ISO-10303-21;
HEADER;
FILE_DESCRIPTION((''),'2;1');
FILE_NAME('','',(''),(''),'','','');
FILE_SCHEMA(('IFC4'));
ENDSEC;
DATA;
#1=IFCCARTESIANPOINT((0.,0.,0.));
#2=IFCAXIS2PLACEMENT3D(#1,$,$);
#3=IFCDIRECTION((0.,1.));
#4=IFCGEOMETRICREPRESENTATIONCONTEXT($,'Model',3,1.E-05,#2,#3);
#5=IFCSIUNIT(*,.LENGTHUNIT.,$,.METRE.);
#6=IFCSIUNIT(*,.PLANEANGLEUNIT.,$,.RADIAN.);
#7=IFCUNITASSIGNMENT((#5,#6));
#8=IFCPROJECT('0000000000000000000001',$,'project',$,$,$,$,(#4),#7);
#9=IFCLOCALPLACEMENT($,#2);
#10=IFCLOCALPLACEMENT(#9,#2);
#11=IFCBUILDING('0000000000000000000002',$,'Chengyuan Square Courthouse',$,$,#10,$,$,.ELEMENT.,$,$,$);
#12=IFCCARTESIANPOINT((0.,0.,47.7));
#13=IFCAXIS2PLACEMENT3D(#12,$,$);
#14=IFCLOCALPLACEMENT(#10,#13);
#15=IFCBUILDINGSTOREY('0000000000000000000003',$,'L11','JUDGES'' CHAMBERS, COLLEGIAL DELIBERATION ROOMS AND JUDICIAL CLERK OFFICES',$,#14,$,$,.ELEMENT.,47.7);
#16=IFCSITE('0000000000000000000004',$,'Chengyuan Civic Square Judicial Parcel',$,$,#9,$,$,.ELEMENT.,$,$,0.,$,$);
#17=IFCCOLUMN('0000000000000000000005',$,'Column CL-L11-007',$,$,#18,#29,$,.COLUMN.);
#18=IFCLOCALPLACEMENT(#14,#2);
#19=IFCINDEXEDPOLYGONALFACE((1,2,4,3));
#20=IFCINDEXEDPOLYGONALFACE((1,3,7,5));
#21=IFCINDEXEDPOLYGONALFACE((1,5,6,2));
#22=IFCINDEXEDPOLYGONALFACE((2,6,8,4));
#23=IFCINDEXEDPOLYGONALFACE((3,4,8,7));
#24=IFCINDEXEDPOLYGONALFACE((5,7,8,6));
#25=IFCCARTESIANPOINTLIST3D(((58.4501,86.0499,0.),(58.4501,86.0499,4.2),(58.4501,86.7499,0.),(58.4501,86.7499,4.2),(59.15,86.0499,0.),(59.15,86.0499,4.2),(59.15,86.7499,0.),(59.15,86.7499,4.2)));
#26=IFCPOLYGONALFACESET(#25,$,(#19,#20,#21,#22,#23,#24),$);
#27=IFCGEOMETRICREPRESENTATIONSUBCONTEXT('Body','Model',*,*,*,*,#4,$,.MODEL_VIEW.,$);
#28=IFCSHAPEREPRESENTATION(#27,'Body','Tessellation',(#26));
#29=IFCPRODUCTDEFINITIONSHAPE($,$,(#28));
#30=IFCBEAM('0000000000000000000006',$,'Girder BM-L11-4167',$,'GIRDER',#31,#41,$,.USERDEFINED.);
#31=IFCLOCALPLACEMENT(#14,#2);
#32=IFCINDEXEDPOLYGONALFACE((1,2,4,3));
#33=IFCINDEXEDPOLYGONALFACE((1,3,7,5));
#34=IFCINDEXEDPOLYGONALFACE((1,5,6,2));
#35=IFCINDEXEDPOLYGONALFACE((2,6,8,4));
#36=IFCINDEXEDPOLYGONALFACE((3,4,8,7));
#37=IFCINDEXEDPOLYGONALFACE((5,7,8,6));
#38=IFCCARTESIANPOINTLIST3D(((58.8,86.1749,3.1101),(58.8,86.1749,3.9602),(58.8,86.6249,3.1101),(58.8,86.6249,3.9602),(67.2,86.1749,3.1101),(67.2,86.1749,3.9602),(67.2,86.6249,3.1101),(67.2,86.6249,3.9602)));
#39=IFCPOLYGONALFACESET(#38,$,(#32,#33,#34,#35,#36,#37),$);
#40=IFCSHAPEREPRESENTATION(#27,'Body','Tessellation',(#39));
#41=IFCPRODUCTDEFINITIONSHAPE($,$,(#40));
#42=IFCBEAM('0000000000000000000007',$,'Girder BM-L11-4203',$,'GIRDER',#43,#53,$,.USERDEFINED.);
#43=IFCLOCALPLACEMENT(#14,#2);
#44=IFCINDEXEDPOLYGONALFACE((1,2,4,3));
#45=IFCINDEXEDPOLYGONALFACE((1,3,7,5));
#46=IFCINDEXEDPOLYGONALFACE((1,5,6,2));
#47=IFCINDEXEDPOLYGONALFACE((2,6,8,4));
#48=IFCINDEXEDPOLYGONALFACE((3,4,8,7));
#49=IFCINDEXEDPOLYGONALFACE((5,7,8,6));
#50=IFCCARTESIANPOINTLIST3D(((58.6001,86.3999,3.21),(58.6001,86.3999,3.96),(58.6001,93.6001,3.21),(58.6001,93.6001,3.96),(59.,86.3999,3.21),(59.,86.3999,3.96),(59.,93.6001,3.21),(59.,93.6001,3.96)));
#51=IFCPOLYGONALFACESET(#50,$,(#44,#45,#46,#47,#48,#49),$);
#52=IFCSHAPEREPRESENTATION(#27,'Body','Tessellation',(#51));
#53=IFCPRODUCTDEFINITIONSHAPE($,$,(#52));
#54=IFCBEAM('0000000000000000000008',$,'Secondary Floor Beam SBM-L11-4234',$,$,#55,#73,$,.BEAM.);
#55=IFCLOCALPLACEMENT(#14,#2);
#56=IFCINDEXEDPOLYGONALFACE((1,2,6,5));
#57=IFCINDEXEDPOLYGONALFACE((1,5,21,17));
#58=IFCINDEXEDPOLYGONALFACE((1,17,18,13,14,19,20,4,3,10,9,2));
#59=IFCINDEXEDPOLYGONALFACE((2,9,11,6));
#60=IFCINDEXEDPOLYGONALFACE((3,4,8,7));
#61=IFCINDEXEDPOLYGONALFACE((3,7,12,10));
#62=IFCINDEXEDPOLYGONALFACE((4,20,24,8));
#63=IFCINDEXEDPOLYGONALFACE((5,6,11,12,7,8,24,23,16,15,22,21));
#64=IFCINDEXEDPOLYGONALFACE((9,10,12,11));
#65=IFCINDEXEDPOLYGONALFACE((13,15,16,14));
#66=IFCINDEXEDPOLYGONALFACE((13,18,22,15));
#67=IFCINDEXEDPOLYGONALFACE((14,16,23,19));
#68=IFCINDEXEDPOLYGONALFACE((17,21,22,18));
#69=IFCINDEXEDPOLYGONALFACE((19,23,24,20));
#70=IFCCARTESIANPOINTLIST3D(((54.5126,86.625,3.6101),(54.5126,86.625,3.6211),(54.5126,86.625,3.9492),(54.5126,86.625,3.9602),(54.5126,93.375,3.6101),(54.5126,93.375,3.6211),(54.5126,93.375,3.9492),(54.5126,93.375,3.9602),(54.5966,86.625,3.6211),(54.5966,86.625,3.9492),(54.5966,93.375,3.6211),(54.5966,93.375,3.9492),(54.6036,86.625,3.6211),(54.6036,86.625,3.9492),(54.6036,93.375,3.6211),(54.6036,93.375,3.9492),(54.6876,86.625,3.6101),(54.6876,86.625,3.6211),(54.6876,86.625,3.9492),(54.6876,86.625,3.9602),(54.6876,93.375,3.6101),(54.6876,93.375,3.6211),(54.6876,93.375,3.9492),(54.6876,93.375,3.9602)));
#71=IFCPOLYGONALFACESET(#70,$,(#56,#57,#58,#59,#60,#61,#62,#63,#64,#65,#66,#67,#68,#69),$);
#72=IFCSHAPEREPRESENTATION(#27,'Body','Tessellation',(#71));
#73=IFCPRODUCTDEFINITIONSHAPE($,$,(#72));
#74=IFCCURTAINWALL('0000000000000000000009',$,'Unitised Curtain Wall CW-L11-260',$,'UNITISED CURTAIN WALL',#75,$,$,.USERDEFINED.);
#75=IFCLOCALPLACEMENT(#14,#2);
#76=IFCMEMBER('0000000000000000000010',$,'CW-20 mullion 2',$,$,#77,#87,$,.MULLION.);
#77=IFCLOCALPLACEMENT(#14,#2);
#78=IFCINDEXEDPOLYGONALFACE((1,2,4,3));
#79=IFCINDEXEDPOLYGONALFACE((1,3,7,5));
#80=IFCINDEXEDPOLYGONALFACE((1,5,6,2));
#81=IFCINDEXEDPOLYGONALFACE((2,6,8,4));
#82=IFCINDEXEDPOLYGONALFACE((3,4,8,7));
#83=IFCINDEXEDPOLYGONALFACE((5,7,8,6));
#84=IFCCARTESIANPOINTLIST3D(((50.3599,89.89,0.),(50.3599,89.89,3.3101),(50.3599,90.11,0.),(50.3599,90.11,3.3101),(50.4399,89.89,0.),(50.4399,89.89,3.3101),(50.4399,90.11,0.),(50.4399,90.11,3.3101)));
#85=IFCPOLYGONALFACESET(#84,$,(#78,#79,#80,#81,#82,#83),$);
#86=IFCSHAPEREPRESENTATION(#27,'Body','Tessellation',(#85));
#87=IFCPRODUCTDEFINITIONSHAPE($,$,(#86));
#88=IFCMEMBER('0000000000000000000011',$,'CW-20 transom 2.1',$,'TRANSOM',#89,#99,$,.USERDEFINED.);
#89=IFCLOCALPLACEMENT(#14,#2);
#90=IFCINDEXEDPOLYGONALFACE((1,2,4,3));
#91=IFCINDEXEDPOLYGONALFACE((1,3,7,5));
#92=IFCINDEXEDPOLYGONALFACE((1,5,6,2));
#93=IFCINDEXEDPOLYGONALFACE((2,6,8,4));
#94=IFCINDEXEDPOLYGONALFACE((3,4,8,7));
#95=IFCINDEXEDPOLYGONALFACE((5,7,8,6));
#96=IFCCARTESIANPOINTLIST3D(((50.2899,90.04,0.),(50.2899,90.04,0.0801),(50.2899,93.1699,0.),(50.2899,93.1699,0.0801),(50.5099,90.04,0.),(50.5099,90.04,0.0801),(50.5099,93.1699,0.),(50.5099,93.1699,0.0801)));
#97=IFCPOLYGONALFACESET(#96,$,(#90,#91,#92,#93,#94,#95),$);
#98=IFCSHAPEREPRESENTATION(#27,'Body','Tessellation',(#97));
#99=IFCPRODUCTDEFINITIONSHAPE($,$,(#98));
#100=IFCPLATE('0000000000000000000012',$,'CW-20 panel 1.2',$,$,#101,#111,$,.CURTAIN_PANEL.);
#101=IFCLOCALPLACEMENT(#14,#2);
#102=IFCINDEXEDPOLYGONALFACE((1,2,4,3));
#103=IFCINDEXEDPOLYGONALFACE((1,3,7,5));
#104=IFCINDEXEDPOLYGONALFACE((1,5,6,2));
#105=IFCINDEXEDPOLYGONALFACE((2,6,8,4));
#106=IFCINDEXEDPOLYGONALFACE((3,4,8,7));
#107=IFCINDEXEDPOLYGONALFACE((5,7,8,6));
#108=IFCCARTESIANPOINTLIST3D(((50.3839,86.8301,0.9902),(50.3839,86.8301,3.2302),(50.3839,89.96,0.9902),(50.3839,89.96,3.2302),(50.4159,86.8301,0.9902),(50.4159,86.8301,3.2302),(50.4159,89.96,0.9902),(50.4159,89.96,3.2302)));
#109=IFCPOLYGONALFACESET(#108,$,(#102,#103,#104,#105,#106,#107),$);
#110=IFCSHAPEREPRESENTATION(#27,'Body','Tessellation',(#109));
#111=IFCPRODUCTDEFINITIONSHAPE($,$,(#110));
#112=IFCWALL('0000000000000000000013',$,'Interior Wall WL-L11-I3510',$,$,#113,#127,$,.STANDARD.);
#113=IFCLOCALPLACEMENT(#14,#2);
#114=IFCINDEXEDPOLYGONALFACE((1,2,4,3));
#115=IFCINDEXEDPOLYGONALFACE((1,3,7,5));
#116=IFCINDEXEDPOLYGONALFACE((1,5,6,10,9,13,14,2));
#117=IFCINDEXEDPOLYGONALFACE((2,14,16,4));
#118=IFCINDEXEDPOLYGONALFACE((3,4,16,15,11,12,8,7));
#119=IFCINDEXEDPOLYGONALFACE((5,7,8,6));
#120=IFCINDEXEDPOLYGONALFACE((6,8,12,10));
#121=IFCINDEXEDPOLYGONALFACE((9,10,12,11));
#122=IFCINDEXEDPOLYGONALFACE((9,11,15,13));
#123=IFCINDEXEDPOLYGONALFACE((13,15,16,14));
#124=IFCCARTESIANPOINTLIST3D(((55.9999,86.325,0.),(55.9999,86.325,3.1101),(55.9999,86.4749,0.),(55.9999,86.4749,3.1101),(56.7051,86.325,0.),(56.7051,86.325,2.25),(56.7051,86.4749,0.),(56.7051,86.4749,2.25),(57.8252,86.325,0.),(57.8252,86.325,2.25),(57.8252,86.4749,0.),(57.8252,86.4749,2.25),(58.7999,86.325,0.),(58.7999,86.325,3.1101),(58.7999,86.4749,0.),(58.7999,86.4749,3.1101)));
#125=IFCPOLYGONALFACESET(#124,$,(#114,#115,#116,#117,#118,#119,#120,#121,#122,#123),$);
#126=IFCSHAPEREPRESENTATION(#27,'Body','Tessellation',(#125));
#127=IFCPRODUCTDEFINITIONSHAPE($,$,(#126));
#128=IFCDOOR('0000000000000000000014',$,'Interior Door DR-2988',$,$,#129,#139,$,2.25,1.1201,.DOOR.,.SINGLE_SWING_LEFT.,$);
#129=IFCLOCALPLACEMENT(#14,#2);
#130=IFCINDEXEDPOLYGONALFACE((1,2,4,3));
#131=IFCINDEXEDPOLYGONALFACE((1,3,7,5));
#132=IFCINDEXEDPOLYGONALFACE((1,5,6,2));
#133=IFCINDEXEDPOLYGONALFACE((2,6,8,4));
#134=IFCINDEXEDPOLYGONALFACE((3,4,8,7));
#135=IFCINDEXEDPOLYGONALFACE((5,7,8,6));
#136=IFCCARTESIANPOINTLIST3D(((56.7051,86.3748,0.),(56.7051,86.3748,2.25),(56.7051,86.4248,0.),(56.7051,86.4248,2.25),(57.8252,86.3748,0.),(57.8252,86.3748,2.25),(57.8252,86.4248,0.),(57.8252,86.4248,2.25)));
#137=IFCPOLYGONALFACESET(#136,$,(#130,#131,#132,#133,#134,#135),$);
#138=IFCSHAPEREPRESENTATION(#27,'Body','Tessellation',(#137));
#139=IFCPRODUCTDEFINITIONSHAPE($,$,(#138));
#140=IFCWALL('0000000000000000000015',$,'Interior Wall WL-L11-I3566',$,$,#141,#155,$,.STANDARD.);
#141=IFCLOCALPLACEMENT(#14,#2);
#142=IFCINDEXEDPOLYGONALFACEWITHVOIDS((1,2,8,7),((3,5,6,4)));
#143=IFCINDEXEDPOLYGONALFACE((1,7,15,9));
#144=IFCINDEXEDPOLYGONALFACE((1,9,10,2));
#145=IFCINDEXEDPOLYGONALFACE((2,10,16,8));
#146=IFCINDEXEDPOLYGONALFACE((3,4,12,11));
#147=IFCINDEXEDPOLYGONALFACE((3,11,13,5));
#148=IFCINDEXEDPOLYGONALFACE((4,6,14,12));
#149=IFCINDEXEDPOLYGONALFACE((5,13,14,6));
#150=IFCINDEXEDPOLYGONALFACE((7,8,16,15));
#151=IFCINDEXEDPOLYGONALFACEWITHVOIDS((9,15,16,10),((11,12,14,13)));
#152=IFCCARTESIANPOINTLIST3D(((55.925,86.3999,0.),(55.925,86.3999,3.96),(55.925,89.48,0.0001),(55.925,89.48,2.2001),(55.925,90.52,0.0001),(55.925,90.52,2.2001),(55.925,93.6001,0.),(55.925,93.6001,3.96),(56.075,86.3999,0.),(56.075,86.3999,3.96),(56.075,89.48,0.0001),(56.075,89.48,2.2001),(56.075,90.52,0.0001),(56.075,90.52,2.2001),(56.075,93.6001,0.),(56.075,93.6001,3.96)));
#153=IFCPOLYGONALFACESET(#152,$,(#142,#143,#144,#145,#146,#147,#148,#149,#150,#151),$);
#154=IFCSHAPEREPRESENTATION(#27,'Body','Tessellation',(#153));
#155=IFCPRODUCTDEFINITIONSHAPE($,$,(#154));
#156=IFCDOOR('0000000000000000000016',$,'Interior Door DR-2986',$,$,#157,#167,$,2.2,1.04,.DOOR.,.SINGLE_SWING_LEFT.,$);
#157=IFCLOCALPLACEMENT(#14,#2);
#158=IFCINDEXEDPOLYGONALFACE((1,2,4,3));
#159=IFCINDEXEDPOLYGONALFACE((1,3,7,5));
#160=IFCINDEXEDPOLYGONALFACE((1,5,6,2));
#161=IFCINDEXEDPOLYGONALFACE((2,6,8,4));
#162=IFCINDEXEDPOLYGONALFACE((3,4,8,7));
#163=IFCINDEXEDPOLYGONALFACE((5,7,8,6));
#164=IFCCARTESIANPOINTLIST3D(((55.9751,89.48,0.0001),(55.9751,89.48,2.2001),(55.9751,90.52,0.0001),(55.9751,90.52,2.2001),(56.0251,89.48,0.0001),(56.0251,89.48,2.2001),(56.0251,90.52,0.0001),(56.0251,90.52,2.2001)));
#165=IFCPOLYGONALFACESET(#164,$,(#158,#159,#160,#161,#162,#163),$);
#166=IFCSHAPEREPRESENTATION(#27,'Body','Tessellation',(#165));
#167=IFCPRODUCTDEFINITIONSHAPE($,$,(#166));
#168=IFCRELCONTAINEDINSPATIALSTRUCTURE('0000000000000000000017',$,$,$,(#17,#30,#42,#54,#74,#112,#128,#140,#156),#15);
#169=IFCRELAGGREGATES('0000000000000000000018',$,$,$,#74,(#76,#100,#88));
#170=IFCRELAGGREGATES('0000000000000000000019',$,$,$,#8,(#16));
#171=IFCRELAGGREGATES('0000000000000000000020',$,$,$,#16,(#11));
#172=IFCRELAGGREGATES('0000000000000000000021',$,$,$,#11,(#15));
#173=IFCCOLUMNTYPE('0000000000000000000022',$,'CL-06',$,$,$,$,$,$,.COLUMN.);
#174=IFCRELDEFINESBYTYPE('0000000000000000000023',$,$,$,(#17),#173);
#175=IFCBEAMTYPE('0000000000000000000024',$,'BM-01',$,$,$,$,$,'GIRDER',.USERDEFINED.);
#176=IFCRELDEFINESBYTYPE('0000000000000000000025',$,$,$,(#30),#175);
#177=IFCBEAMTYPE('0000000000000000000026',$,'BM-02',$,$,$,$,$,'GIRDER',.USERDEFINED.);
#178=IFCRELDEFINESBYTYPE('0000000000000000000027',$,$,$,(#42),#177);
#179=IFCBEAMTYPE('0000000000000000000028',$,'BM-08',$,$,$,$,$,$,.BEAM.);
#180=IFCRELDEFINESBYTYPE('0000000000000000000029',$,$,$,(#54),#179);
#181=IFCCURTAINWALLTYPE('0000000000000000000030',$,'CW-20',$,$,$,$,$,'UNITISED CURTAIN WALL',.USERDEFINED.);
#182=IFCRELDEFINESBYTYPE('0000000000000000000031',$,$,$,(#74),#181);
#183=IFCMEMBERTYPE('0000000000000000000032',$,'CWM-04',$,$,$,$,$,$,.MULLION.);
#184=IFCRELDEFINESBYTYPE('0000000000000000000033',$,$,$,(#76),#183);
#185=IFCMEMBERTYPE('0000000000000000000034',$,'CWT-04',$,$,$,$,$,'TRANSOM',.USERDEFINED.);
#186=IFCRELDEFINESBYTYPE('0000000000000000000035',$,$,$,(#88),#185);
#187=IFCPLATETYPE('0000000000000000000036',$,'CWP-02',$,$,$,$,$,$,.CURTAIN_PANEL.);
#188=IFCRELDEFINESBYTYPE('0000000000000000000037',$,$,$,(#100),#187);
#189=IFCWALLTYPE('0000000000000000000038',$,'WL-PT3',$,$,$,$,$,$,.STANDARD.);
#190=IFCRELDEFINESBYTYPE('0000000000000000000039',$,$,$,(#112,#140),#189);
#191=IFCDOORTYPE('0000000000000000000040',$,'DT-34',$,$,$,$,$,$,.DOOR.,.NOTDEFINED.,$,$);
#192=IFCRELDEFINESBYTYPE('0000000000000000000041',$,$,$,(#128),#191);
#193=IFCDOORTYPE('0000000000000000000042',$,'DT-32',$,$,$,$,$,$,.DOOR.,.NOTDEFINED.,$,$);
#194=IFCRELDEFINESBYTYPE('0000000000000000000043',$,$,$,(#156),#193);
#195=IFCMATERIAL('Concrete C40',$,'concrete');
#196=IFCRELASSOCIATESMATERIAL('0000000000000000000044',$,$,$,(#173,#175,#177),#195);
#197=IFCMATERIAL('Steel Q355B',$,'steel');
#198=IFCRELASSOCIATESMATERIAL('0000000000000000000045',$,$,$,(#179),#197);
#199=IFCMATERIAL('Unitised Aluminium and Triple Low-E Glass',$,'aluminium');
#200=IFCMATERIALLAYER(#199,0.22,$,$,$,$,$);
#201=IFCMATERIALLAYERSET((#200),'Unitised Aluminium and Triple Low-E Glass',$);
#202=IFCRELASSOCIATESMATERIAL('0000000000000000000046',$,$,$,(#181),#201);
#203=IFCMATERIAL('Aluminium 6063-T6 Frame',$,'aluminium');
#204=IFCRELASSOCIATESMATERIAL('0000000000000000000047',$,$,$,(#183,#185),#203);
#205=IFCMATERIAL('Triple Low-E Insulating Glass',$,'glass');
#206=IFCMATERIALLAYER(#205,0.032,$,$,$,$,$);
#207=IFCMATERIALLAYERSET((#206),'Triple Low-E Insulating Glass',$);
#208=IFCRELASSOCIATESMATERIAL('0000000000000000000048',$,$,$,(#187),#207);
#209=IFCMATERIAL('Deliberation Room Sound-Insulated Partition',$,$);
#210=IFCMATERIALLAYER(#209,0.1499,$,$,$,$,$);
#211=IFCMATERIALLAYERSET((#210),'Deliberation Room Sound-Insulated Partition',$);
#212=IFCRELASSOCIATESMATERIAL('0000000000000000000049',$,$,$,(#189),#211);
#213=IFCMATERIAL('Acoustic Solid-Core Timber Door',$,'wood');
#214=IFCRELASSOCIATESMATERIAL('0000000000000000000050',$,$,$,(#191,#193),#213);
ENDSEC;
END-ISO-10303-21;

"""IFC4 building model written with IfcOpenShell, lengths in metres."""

from ifc_helpers import new_model, si_unit, direction, frame, frame_2d, origin, origin_2d, place, context, subcontext, project, spatial, rectangle, i_section, extrude, material, layer, layer_set, material_profile, profile_set, type_object, element, fill, aggregate, save


model = new_model("IFC4")

# Units and contexts
model_context = context("Model", 3, precision=1e-05, world=origin(), true_north=direction((0.0, 1.0)))
body_context = subcontext(model_context, "Body", "Model", "MODEL_VIEW")
ifc_project = project(units=[si_unit("LENGTHUNIT", "METRE"), si_unit("PLANEANGLEUNIT", "RADIAN")], contexts=[model_context])

# Site, building, storey
site_placement = place(None, origin())
site = spatial("IfcSite", under=ifc_project, at=site_placement, Name="Chengyuan Civic Square Judicial Parcel", CompositionType="ELEMENT", RefElevation=0.0)
building_placement = place(site_placement, origin())
building = spatial("IfcBuilding", under=site, at=building_placement, Name="Chengyuan Square Courthouse", CompositionType="ELEMENT")
storey_placement = place(building_placement, frame((0.0, 0.0, 47.7)))
storey = spatial("IfcBuildingStorey", under=building, at=storey_placement, Name="L11", Description="JUDGES' CHAMBERS, COLLEGIAL DELIBERATION ROOMS AND JUDICIAL CLERK OFFICES", CompositionType="ELEMENT", Elevation=47.7)

# Column
ifc_material_1 = material(Name="Concrete C40", Category="concrete")
ifc_material_profile_1 = material_profile(ifc_material_1, rectangle(XDim=0.7, YDim=0.7, at=origin_2d()), Name="RC-COL-700x700")
ifc_profile_set_1 = profile_set([ifc_material_profile_1], Name="Concrete C40")
column_type = type_object("IfcColumnType", Name="CL-06", PredefinedType="COLUMN", material=ifc_profile_set_1)
column_placement = place(storey_placement, frame((58.8, 86.3999, 0.0), z_axis=(0.0, 0.0, 1.0), x_axis=(1.0, 0.0, 0.0)))
element("IfcColumn", 1, at=column_placement, inside=storey, type_object=column_type, Name="Column CL-L11-007", PredefinedType="COLUMN", context=body_context, shape_type="SweptSolid", body=[
    extrude(rectangle(XDim=0.7, YDim=0.7, at=origin_2d()), origin(), (0.0, 0.0, 1.0), 4.2),
])

# Beams
ifc_material_profile_2 = material_profile(ifc_material_1, rectangle(XDim=0.45, YDim=0.8501, at=origin_2d()), Name="RC-BM-450x850")
ifc_profile_set_2 = profile_set([ifc_material_profile_2], Name="Concrete C40")
beam_type_1 = type_object("IfcBeamType", Name="BM-01", ElementType="GIRDER", PredefinedType="USERDEFINED", material=ifc_profile_set_2)
beam_1_placement = place(storey_placement, frame((58.8, 86.3999, 3.5352), z_axis=(1.0, 0.0, 0.0), x_axis=(0.0, 1.0, 0.0)))
element("IfcBeam", 2, at=beam_1_placement, inside=storey, type_object=beam_type_1, Name="Girder BM-L11-4167", ObjectType="GIRDER", PredefinedType="USERDEFINED", context=body_context, shape_type="SweptSolid", body=[
    extrude(rectangle(XDim=0.45, YDim=0.8501, at=origin_2d()), origin(), (0.0, 0.0, 1.0), 8.3999),
])
ifc_material_profile_3 = material_profile(ifc_material_1, rectangle(XDim=0.3999, YDim=0.75, at=origin_2d()), Name="RC-BM-400x750")
ifc_profile_set_3 = profile_set([ifc_material_profile_3], Name="Concrete C40")
beam_type_2 = type_object("IfcBeamType", Name="BM-02", ElementType="GIRDER", PredefinedType="USERDEFINED", material=ifc_profile_set_3)
beam_2_placement = place(storey_placement, frame((58.8, 86.3999, 3.585), z_axis=(0.0, 1.0, 0.0), x_axis=(-1.0, 0.0, 0.0)))
element("IfcBeam", 3, at=beam_2_placement, inside=storey, type_object=beam_type_2, Name="Girder BM-L11-4203", ObjectType="GIRDER", PredefinedType="USERDEFINED", context=body_context, shape_type="SweptSolid", body=[
    extrude(rectangle(XDim=0.3999, YDim=0.75, at=origin_2d()), origin(), (0.0, 0.0, 1.0), 7.2002),
])
ifc_material_2 = material(Name="Steel Q355B", Category="steel")
ifc_material_profile_4 = material_profile(ifc_material_2, i_section(OverallWidth=0.175, OverallDepth=0.3501, WebThickness=0.0071, FlangeThickness=0.011, at=origin_2d()), Name="HN 350x175x7x11")
ifc_profile_set_4 = profile_set([ifc_material_profile_4], Name="Steel Q355B")
beam_type_3 = type_object("IfcBeamType", Name="BM-08", PredefinedType="BEAM", material=ifc_profile_set_4)
beam_3_placement = place(storey_placement, frame((54.6001, 86.625, 3.7852), z_axis=(0.0, 1.0, 0.0), x_axis=(-1.0, 0.0, 0.0)))
element("IfcBeam", 4, at=beam_3_placement, inside=storey, type_object=beam_type_3, Name="Secondary Floor Beam SBM-L11-4234", PredefinedType="BEAM", context=body_context, shape_type="SweptSolid", body=[
    extrude(i_section(OverallWidth=0.175, OverallDepth=0.3501, WebThickness=0.0071, FlangeThickness=0.011, at=origin_2d()), origin(), (0.0, 0.0, 1.0), 6.75),
])

# Curtain wall, members, plate
ifc_material_3 = material(Name="Unitised Aluminium and Triple Low-E Glass", Category="aluminium")
ifc_layer_1 = layer(ifc_material_3, 0.22)
ifc_layer_set_1 = layer_set([ifc_layer_1], Name="Unitised Aluminium and Triple Low-E Glass")
curtain_wall_type = type_object("IfcCurtainWallType", Name="CW-20", ElementType="UNITISED CURTAIN WALL", PredefinedType="USERDEFINED", material=ifc_layer_set_1)
curtain_wall_placement = place(storey_placement, origin())
curtain_wall = element("IfcCurtainWall", 5, at=curtain_wall_placement, inside=storey, type_object=curtain_wall_type, Name="Unitised Curtain Wall CW-L11-260", ObjectType="UNITISED CURTAIN WALL", PredefinedType="USERDEFINED")
ifc_material_4 = material(Name="Aluminium 6063-T6 Frame", Category="aluminium")
ifc_material_profile_5 = material_profile(ifc_material_4, rectangle(XDim=0.0801, YDim=0.22, at=origin_2d()), Name="CW-MUL-80x220")
ifc_profile_set_5 = profile_set([ifc_material_profile_5], Name="Aluminium 6063-T6 Frame")
member_type_1 = type_object("IfcMemberType", Name="CWM-04", PredefinedType="MULLION", material=ifc_profile_set_5)
member_1_placement = place(storey_placement, frame((50.3999, 90.0, 0.0), z_axis=(0.0, 0.0, 1.0), x_axis=(-1.0, 0.0, 0.0)))
member_1 = element("IfcMember", 6, at=member_1_placement, type_object=member_type_1, Name="CW-20 mullion 2", PredefinedType="MULLION", context=body_context, shape_type="SweptSolid", body=[
    extrude(rectangle(XDim=0.0801, YDim=0.22, at=origin_2d()), origin(), (0.0, 0.0, 1.0), 3.3101),
])
ifc_material_profile_6 = material_profile(ifc_material_4, rectangle(XDim=0.22, YDim=0.0801, at=origin_2d()), Name="CW-TRN-80x180")
ifc_profile_set_6 = profile_set([ifc_material_profile_6], Name="Aluminium 6063-T6 Frame")
member_type_2 = type_object("IfcMemberType", Name="CWT-04", ElementType="TRANSOM", PredefinedType="USERDEFINED", material=ifc_profile_set_6)
member_2_placement = place(storey_placement, frame((50.3999, 90.04, 0.04), z_axis=(0.0, 1.0, 0.0), x_axis=(-1.0, 0.0, 0.0)))
member_2 = element("IfcMember", 7, at=member_2_placement, type_object=member_type_2, Name="CW-20 transom 2.1", ObjectType="TRANSOM", PredefinedType="USERDEFINED", context=body_context, shape_type="SweptSolid", body=[
    extrude(rectangle(XDim=0.22, YDim=0.0801, at=origin_2d()), origin(), (0.0, 0.0, 1.0), 3.1299),
])
ifc_material_5 = material(Name="Triple Low-E Insulating Glass", Category="glass")
ifc_layer_2 = layer(ifc_material_5, 0.032)
ifc_layer_set_2 = layer_set([ifc_layer_2], Name="Triple Low-E Insulating Glass")
plate_type = type_object("IfcPlateType", Name="CWP-02", PredefinedType="CURTAIN_PANEL", material=ifc_layer_set_2)
plate_placement = place(storey_placement, frame((50.3999, 88.395, 0.9902), z_axis=(0.0, 0.0, 1.0), x_axis=(0.0, 1.0, 0.0)))
plate = element("IfcPlate", 8, at=plate_placement, type_object=plate_type, Name="CW-20 panel 1.2", PredefinedType="CURTAIN_PANEL", context=body_context, shape_type="SweptSolid", body=[
    extrude(rectangle(XDim=3.1299, YDim=0.032, at=origin_2d()), origin(), (0.0, 0.0, 1.0), 2.24),
])
aggregate(curtain_wall, [member_1, plate, member_2])

# Walls, openings, doors
ifc_material_6 = material(Name="Deliberation Room Sound-Insulated Partition")
ifc_layer_3 = layer(ifc_material_6, 0.1499)
ifc_layer_set_3 = layer_set([ifc_layer_3], Name="Deliberation Room Sound-Insulated Partition")
wall_type_1 = type_object("IfcWallType", Name="WL-PT3", PredefinedType="STANDARD", material=ifc_layer_set_3)
wall_1_placement = place(storey_placement, frame((56.0, 86.3999, 0.0), z_axis=(0.0, 0.0, 1.0), x_axis=(1.0, 0.0, 0.0)))
wall_1 = element("IfcWall", 9, at=wall_1_placement, inside=storey, type_object=wall_type_1, Name="Interior Wall WL-L11-I3510", PredefinedType="STANDARD", context=body_context, shape_type="SweptSolid", body=[
    extrude(rectangle(XDim=2.8, YDim=0.1499, at=frame_2d((1.3999, 0.0))), origin(), (0.0, 0.0, 1.0), 3.1101),
])
opening_1_placement = place(wall_1_placement, frame((0.7051, 0.0, 0.0)))
opening_1 = element("IfcOpeningElement", 10, at=opening_1_placement, cuts=wall_1, PredefinedType="OPENING", context=body_context, shape_type="SweptSolid", body=[
    extrude(rectangle(XDim=1.1201, YDim=2.25, at=frame_2d((0.5601, 1.125))), frame((0.0, 0.0869, 0.0), z_axis=(0.0, -1.0, 0.0), x_axis=(1.0, 0.0, 0.0)), (0.0, 0.0, 1.0), 0.1738),
])
ifc_material_7 = material(Name="Acoustic Solid-Core Timber Door", Category="wood")
door_type_1 = type_object("IfcDoorType", Name="DT-34", OperationType="NOTDEFINED", PredefinedType="DOOR", material=ifc_material_7)
door_1_placement = place(opening_1_placement, origin())
door_1 = element("IfcDoor", 11, at=door_1_placement, inside=storey, type_object=door_type_1, Name="Interior Door DR-2988", OperationType="SINGLE_SWING_LEFT", OverallHeight=2.25, OverallWidth=1.1201, PredefinedType="DOOR", context=body_context, shape_type="SweptSolid", body=[
    extrude(rectangle(XDim=1.1201, YDim=2.25, at=frame_2d((0.5601, 1.125))), frame((0.0, 0.0249, 0.0), z_axis=(0.0, -1.0, 0.0), x_axis=(1.0, 0.0, 0.0)), (0.0, 0.0, 1.0), 0.05),
])
fill(opening_1, door_1)
wall_2_placement = place(storey_placement, frame((56.0, 86.3999, 0.0), z_axis=(0.0, 0.0, 1.0), x_axis=(0.0, 1.0, 0.0)))
wall_2 = element("IfcWall", 12, at=wall_2_placement, inside=storey, type_object=wall_type_1, Name="Interior Wall WL-L11-I3566", PredefinedType="STANDARD", context=body_context, shape_type="SweptSolid", body=[
    extrude(rectangle(XDim=7.2002, YDim=0.1499, at=frame_2d((3.6001, 0.0))), origin(), (0.0, 0.0, 1.0), 3.96),
])
opening_2_placement = place(wall_2_placement, frame((3.0801, 0.0, 0.0)))
opening_2 = element("IfcOpeningElement", 13, at=opening_2_placement, cuts=wall_2, PredefinedType="OPENING", context=body_context, shape_type="SweptSolid", body=[
    extrude(rectangle(XDim=1.04, YDim=2.2, at=frame_2d((0.52, 1.1001))), frame((0.0, 0.0869, 0.0), z_axis=(0.0, -1.0, 0.0), x_axis=(1.0, 0.0, 0.0)), (0.0, 0.0, 1.0), 0.1738),
])
door_type_2 = type_object("IfcDoorType", Name="DT-32", OperationType="NOTDEFINED", PredefinedType="DOOR", material=ifc_material_7)
door_2_placement = place(opening_2_placement, origin())
door_2 = element("IfcDoor", 14, at=door_2_placement, inside=storey, type_object=door_type_2, Name="Interior Door DR-2986", OperationType="SINGLE_SWING_LEFT", OverallHeight=2.2, OverallWidth=1.04, PredefinedType="DOOR", context=body_context, shape_type="SweptSolid", body=[
    extrude(rectangle(XDim=1.04, YDim=2.2, at=frame_2d((0.52, 1.1001))), frame((0.0, 0.0249, 0.0), z_axis=(0.0, -1.0, 0.0), x_axis=(1.0, 0.0, 0.0)), (0.0, 0.0, 1.0), 0.05),
])
fill(opening_2, door_2)

save(model, "model.ifc")
